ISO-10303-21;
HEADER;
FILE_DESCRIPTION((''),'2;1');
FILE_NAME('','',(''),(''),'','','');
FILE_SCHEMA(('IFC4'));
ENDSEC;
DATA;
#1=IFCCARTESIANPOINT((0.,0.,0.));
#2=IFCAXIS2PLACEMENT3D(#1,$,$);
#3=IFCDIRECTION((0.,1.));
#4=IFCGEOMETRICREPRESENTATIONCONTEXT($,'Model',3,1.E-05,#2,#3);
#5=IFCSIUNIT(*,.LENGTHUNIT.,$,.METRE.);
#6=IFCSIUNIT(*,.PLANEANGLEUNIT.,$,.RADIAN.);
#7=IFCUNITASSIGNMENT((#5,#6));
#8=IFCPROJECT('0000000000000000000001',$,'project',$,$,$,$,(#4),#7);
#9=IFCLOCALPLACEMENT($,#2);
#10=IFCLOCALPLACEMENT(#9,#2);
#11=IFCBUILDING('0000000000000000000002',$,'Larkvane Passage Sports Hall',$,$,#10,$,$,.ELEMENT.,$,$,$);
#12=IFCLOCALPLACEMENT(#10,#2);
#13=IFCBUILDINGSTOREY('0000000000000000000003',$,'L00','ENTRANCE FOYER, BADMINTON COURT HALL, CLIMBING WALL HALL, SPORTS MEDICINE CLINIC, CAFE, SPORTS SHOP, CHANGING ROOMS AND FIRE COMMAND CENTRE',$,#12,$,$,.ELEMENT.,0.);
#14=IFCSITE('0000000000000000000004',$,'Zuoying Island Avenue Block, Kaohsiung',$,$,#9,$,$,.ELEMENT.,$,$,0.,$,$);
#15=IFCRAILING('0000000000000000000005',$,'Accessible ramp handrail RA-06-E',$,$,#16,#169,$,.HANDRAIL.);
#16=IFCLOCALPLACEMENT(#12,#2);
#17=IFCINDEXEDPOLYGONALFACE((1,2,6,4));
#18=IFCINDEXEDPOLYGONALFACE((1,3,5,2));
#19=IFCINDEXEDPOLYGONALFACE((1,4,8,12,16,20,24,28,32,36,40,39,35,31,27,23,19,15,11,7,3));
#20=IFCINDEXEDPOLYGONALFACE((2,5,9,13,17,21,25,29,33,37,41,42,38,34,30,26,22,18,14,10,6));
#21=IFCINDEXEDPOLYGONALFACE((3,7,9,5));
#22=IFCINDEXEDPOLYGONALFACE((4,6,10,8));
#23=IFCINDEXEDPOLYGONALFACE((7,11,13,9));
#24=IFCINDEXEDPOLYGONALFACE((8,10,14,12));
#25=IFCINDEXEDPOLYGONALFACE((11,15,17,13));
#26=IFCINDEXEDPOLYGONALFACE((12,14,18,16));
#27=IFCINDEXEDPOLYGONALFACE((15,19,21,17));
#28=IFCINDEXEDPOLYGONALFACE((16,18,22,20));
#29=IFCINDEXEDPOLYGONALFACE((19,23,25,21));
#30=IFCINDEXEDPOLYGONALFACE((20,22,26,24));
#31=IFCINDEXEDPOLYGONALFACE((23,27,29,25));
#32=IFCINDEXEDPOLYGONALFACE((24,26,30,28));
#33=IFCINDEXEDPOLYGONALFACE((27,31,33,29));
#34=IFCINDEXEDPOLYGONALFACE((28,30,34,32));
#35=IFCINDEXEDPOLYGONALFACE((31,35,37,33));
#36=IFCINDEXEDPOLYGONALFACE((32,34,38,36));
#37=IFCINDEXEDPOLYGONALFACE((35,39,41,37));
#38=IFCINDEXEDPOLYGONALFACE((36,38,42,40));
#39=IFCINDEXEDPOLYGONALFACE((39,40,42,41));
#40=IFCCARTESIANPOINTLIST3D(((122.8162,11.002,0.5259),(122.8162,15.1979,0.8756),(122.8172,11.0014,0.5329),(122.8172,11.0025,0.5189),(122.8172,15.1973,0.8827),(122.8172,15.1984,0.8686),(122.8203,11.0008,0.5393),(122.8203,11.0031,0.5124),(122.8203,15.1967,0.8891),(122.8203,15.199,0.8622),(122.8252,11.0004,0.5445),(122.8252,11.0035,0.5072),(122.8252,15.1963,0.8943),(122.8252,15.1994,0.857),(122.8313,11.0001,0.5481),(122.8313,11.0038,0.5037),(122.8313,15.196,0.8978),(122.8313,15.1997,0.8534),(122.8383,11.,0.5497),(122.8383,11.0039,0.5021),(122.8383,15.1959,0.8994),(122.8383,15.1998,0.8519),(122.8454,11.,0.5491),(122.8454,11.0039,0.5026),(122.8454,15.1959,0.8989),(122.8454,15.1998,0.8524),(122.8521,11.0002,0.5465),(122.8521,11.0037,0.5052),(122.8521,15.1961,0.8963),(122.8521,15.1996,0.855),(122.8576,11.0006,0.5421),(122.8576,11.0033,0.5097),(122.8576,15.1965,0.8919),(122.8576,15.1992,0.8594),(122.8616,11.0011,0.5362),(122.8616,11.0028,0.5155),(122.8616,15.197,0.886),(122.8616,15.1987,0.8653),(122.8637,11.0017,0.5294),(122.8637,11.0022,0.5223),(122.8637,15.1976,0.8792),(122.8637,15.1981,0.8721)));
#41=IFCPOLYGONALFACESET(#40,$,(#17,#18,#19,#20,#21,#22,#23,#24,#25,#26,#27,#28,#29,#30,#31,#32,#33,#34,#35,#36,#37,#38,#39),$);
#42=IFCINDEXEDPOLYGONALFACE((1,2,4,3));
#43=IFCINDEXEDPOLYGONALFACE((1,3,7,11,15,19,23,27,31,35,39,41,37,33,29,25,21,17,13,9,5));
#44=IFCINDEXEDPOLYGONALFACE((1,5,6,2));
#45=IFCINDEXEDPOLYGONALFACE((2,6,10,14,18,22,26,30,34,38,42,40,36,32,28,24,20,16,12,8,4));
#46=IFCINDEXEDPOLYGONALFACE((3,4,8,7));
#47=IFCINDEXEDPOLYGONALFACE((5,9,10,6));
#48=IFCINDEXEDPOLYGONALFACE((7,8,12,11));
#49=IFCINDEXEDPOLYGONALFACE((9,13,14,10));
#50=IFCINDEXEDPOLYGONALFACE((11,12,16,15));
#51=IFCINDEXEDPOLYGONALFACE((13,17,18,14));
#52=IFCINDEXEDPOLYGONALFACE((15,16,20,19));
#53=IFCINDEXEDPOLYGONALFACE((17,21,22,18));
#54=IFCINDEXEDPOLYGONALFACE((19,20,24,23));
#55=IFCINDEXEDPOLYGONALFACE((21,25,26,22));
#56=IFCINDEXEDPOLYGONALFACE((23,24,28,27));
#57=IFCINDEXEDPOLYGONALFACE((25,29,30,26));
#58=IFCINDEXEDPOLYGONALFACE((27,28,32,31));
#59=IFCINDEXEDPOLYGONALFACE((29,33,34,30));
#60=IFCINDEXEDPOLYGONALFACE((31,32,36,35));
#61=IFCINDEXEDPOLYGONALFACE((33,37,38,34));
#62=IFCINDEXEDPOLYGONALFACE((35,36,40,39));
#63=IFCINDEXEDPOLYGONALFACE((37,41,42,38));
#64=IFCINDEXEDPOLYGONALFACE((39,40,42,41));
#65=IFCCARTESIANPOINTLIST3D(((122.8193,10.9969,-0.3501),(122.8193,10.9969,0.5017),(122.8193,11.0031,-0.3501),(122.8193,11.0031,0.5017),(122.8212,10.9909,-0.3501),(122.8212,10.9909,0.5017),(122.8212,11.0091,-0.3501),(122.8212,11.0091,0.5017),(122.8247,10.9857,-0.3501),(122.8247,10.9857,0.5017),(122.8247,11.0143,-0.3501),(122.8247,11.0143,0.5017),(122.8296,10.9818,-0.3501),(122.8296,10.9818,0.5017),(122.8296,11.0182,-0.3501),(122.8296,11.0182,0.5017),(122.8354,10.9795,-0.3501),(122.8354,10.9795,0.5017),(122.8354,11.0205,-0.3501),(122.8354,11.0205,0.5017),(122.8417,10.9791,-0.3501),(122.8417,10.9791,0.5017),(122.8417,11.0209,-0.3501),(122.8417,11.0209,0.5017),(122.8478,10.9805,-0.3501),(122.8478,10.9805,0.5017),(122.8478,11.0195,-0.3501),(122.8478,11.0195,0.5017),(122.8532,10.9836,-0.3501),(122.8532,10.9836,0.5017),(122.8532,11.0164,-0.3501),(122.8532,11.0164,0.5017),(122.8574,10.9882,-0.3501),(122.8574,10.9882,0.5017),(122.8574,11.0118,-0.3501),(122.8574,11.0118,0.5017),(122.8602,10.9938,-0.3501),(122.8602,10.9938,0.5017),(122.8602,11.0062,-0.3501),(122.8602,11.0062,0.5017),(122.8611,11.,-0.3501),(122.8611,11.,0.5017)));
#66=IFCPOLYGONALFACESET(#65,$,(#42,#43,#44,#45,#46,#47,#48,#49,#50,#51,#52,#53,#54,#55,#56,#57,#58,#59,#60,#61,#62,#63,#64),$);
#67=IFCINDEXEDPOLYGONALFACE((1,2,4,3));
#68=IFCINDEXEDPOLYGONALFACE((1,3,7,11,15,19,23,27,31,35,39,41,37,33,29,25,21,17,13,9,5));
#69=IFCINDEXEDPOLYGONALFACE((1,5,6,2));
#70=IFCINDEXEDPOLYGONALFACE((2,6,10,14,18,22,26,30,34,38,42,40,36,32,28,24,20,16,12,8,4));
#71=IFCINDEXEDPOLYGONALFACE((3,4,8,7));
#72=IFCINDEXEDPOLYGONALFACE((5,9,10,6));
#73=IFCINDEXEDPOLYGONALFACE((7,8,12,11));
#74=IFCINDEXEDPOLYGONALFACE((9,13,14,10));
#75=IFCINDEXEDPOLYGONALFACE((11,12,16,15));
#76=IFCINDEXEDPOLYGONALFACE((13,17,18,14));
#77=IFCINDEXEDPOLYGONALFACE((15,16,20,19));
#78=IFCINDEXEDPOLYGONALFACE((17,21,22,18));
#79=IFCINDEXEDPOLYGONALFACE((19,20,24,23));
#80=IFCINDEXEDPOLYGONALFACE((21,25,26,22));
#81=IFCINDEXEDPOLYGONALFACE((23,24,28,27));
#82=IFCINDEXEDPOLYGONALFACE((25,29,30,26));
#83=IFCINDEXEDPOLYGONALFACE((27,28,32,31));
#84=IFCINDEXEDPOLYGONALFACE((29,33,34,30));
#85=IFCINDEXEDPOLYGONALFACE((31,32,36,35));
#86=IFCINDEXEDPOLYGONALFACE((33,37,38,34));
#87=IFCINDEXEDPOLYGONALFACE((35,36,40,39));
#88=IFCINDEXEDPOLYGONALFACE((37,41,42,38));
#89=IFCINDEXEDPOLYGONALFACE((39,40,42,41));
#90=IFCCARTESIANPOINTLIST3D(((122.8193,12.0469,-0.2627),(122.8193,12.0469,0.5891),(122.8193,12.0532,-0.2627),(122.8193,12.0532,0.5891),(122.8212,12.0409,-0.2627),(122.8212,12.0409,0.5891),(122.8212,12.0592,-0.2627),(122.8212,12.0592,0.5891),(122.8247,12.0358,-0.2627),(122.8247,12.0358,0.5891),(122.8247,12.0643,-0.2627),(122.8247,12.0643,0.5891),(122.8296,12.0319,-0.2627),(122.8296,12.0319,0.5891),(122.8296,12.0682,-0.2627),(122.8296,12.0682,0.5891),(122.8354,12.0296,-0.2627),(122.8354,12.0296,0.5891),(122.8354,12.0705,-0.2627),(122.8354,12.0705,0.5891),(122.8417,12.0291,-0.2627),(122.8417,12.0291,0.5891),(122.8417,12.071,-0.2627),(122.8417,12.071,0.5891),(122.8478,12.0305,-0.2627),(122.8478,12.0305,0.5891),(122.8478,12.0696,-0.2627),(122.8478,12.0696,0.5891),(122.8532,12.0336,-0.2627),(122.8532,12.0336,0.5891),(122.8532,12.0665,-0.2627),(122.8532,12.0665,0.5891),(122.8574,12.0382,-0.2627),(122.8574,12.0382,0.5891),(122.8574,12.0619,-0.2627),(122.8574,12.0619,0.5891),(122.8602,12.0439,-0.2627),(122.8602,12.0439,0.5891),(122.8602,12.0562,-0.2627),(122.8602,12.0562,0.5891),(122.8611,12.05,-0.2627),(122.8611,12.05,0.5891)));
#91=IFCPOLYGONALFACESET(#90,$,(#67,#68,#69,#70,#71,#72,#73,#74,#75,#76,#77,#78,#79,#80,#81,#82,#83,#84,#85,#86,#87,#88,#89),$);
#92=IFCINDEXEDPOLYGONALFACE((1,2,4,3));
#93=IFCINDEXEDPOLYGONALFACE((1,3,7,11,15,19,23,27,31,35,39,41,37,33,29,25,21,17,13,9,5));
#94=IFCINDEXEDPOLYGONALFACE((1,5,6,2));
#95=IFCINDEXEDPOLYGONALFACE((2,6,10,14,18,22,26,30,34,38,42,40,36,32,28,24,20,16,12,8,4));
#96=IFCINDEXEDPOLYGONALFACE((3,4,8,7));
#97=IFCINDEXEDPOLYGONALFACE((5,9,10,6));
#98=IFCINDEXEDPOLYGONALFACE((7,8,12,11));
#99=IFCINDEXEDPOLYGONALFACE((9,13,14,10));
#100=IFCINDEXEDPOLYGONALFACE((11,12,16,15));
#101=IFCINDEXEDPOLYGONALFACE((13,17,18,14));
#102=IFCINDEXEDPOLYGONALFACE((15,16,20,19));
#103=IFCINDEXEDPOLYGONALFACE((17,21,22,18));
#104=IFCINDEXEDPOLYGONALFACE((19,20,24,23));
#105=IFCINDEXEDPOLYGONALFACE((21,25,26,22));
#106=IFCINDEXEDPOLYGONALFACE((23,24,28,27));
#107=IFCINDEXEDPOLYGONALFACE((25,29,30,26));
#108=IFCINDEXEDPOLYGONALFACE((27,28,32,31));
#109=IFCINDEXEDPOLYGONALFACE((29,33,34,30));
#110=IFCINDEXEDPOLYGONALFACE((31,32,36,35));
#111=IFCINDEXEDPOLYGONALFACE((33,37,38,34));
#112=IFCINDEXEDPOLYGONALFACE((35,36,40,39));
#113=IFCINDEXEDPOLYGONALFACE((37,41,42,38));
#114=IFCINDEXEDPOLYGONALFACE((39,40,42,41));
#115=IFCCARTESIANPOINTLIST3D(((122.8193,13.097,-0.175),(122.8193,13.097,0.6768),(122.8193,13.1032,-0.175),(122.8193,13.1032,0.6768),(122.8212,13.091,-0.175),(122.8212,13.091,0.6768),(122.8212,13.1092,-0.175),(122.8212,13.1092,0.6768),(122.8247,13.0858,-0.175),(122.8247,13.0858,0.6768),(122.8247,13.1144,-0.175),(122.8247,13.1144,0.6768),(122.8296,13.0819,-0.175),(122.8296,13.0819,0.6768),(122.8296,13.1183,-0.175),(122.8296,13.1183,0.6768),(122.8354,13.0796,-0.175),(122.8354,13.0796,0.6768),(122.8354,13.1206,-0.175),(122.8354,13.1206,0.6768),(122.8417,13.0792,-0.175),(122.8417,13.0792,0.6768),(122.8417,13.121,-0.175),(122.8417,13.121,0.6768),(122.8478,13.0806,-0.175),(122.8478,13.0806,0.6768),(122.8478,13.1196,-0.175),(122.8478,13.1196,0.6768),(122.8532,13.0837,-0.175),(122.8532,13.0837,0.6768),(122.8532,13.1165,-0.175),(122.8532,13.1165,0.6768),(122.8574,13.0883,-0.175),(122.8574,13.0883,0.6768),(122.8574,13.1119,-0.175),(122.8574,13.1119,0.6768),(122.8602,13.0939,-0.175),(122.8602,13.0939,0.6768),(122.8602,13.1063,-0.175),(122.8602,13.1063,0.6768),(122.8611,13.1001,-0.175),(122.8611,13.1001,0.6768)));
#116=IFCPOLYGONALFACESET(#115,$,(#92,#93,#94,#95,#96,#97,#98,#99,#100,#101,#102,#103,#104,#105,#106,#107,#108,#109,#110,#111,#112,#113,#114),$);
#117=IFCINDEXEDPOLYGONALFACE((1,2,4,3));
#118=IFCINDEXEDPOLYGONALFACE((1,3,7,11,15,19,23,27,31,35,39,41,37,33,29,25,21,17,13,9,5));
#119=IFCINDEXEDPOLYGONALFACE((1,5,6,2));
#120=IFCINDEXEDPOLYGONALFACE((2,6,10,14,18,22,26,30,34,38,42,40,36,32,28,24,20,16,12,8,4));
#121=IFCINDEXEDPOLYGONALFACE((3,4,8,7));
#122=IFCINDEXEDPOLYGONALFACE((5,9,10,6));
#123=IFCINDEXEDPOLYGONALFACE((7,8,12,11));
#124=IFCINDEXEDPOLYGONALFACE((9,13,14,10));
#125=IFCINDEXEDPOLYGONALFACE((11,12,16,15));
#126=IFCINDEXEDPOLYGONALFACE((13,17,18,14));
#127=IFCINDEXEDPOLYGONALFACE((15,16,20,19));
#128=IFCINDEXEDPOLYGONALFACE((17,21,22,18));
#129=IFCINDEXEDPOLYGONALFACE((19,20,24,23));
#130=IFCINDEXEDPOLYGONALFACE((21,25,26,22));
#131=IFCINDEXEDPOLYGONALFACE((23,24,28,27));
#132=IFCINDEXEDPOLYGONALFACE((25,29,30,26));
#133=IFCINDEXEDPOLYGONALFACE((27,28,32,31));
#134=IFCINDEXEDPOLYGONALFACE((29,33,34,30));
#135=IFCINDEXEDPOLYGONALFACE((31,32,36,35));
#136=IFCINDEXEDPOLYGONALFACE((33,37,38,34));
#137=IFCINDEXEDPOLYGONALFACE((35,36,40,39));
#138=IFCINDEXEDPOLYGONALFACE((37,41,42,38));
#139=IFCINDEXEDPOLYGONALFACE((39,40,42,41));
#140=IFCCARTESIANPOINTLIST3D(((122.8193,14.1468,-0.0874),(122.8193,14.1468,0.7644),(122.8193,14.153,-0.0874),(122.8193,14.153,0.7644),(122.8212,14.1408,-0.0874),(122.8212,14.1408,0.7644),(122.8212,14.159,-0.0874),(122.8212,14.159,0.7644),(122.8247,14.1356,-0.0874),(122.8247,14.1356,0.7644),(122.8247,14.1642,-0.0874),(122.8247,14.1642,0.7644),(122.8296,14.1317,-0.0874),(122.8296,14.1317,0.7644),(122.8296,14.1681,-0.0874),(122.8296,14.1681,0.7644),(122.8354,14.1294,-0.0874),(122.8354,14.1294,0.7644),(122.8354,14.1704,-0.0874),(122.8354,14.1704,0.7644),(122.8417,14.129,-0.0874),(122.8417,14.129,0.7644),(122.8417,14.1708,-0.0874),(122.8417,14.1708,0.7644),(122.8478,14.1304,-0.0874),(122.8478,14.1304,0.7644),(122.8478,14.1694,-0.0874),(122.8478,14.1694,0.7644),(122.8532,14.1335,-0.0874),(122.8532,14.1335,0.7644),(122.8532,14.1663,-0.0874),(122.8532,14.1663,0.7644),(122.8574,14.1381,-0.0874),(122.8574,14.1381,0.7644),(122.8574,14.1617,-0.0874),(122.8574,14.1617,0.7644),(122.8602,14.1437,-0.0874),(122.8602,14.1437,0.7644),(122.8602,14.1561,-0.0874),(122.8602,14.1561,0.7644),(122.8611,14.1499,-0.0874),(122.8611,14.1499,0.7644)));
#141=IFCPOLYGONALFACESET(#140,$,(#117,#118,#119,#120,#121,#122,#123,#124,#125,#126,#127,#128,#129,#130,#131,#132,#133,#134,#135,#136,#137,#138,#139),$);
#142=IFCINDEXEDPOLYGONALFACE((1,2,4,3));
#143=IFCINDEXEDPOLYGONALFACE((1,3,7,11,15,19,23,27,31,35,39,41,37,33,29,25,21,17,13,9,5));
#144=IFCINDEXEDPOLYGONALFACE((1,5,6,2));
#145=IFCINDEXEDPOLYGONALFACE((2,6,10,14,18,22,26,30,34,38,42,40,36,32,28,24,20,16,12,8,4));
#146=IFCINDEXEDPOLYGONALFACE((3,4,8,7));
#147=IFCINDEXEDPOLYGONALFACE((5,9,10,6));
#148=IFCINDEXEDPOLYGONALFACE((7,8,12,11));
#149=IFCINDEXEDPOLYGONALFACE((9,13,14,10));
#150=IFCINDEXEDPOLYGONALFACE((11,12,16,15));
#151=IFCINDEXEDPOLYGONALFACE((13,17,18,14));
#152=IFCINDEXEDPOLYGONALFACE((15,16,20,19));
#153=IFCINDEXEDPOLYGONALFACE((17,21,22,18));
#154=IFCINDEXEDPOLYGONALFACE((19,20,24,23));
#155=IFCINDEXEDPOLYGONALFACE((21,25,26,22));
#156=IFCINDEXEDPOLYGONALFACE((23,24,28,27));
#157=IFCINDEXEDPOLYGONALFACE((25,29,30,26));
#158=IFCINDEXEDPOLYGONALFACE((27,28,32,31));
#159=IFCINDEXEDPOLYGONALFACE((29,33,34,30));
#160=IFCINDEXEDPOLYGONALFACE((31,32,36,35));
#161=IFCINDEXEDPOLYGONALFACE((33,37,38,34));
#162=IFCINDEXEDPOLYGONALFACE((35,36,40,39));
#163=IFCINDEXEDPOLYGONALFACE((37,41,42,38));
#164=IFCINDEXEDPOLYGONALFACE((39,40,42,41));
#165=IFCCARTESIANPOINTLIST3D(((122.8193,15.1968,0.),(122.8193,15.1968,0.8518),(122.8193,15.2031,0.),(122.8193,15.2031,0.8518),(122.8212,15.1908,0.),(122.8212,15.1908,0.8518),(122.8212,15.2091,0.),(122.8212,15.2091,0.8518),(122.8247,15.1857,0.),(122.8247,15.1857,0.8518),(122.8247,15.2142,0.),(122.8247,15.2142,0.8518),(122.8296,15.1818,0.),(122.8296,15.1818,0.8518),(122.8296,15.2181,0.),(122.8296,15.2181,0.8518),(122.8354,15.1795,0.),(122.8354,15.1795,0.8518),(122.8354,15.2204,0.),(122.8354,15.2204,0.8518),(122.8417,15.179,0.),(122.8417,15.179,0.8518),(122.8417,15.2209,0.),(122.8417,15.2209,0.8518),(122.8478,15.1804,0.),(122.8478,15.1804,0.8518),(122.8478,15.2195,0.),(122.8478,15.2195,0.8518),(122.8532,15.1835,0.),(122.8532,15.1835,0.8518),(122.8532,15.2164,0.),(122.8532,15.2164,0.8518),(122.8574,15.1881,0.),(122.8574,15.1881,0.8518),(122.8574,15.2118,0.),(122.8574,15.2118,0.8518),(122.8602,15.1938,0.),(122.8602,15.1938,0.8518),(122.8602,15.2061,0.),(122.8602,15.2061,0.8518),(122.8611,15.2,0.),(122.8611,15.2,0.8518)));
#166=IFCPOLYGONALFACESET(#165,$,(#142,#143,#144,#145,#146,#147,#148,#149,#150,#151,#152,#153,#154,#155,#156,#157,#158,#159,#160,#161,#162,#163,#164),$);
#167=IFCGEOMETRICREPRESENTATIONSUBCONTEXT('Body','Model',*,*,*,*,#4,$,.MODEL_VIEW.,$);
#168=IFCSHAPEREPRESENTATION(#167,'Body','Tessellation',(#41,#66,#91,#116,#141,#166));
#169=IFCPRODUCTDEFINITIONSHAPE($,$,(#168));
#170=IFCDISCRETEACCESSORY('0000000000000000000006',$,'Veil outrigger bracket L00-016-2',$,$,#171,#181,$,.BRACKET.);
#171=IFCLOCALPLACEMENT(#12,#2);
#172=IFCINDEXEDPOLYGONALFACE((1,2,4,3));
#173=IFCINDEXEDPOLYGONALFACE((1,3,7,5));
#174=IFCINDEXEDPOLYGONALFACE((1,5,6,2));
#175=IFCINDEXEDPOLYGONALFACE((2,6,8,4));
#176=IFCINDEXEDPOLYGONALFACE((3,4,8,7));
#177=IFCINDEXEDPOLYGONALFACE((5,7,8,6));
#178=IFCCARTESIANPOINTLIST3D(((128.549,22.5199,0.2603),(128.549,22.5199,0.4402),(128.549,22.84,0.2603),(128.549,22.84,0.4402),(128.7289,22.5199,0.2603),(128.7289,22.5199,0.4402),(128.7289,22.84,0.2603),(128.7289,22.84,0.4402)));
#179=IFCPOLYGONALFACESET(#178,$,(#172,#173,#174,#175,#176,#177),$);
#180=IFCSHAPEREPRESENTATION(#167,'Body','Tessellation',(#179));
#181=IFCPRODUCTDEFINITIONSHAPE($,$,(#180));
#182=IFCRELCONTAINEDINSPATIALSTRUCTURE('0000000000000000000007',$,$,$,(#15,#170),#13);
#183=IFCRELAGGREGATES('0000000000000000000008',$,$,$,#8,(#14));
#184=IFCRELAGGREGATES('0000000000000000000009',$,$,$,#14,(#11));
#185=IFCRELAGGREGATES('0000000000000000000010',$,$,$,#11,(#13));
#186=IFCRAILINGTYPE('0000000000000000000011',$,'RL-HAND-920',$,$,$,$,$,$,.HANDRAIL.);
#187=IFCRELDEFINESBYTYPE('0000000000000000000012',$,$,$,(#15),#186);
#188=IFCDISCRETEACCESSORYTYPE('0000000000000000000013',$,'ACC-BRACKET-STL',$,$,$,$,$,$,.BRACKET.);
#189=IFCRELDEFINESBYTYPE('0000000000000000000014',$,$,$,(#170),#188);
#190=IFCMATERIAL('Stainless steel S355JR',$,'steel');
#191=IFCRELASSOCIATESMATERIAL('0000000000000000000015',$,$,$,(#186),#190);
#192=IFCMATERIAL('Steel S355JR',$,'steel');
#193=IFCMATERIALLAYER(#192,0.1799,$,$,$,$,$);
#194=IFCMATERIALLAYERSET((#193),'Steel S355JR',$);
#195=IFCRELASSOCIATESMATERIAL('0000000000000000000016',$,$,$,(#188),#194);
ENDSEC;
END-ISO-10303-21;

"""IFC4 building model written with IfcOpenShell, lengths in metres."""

from ifc_helpers import new_model, si_unit, direction, frame, origin, origin_2d, place, context, subcontext, project, spatial, rectangle, circle, extrude, material, layer, layer_set, type_object, element, save


model = new_model("IFC4")

# Units and contexts
model_context = context("Model", 3, precision=1e-05, world=origin(), true_north=direction((0.0, 1.0)))
body_context = subcontext(model_context, "Body", "Model", "MODEL_VIEW")
ifc_project = project(units=[si_unit("LENGTHUNIT", "METRE"), si_unit("PLANEANGLEUNIT", "RADIAN")], contexts=[model_context])

# Site, building, storey
site_placement = place(None, origin())
site = spatial("IfcSite", under=ifc_project, at=site_placement, Name="Zuoying Island Avenue Block, Kaohsiung", CompositionType="ELEMENT", RefElevation=0.0)
building_placement = place(site_placement, origin())
building = spatial("IfcBuilding", under=site, at=building_placement, Name="Larkvane Passage Sports Hall", CompositionType="ELEMENT")
storey_placement = place(building_placement, origin())
storey = spatial("IfcBuildingStorey", under=building, at=storey_placement, Name="L00", Description="ENTRANCE FOYER, BADMINTON COURT HALL, CLIMBING WALL HALL, SPORTS MEDICINE CLINIC, CAFE, SPORTS SHOP, CHANGING ROOMS AND FIRE COMMAND CENTRE", CompositionType="ELEMENT", Elevation=0.0)

# Railing
ifc_material_1 = material(Name="Steel S355JR", Category="steel")
ifc_material_2 = material(Name="Stainless steel S355JR", Category="steel")
railing_type_1 = type_object("IfcRailingType", Name="RL-HAND-920", PredefinedType="HANDRAIL", material=ifc_material_2)
for number, where, name in (
    (1, (122.8401, 11.0, -0.3501), "Accessible ramp handrail RA-06-E"),
):
    element("IfcRailing", number, at=place(storey_placement, frame(where)), inside=storey, type_object=railing_type_1, Name=name, PredefinedType="HANDRAIL", context=body_context, shape_type="SweptSolid", body=[
        extrude(circle(Radius=0.0239, at=origin_2d()), frame((0.0, 0.002, 0.876), z_axis=(0.0, 0.996544, 0.083069), x_axis=(-1.0, 0.0, 0.0)), (0.0, 0.0, 1.0), 4.2104),
        extrude(circle(Radius=0.021, at=origin_2d()), origin(), (0.0, 0.0, 1.0), 0.8518),
        extrude(circle(Radius=0.021, at=origin_2d()), frame((0.0, 1.05, 0.0874)), (0.0, 0.0, 1.0), 0.8518),
        extrude(circle(Radius=0.021, at=origin_2d()), frame((0.0, 2.1001, 0.175)), (0.0, 0.0, 1.0), 0.8518),
        extrude(circle(Radius=0.021, at=origin_2d()), frame((0.0, 3.1499, 0.2627)), (0.0, 0.0, 1.0), 0.8518),
        extrude(circle(Radius=0.021, at=origin_2d()), frame((0.0, 4.2, 0.3501)), (0.0, 0.0, 1.0), 0.8518),
    ])

# Discrete accessory
ifc_layer_1 = layer(ifc_material_1, 0.1799)
ifc_layer_set_1 = layer_set([ifc_layer_1], Name="Steel S355JR")
discrete_accessory_type = type_object("IfcDiscreteAccessoryType", Name="ACC-BRACKET-STL", PredefinedType="BRACKET", material=ifc_layer_set_1)
discrete_accessory_placement = place(storey_placement, frame((128.6389, 22.6799, 0.2603), z_axis=(0.0, 0.0, 1.0), x_axis=(-1.0, 0.0, 0.0)))
element("IfcDiscreteAccessory", 2, at=discrete_accessory_placement, inside=storey, type_object=discrete_accessory_type, Name="Veil outrigger bracket L00-016-2", PredefinedType="BRACKET", context=body_context, shape_type="SweptSolid", body=[
    extrude(rectangle(XDim=0.1799, YDim=0.3201, at=origin_2d()), origin(), (0.0, 0.0, 1.0), 0.1799),
])

save(model, "model.ifc")
